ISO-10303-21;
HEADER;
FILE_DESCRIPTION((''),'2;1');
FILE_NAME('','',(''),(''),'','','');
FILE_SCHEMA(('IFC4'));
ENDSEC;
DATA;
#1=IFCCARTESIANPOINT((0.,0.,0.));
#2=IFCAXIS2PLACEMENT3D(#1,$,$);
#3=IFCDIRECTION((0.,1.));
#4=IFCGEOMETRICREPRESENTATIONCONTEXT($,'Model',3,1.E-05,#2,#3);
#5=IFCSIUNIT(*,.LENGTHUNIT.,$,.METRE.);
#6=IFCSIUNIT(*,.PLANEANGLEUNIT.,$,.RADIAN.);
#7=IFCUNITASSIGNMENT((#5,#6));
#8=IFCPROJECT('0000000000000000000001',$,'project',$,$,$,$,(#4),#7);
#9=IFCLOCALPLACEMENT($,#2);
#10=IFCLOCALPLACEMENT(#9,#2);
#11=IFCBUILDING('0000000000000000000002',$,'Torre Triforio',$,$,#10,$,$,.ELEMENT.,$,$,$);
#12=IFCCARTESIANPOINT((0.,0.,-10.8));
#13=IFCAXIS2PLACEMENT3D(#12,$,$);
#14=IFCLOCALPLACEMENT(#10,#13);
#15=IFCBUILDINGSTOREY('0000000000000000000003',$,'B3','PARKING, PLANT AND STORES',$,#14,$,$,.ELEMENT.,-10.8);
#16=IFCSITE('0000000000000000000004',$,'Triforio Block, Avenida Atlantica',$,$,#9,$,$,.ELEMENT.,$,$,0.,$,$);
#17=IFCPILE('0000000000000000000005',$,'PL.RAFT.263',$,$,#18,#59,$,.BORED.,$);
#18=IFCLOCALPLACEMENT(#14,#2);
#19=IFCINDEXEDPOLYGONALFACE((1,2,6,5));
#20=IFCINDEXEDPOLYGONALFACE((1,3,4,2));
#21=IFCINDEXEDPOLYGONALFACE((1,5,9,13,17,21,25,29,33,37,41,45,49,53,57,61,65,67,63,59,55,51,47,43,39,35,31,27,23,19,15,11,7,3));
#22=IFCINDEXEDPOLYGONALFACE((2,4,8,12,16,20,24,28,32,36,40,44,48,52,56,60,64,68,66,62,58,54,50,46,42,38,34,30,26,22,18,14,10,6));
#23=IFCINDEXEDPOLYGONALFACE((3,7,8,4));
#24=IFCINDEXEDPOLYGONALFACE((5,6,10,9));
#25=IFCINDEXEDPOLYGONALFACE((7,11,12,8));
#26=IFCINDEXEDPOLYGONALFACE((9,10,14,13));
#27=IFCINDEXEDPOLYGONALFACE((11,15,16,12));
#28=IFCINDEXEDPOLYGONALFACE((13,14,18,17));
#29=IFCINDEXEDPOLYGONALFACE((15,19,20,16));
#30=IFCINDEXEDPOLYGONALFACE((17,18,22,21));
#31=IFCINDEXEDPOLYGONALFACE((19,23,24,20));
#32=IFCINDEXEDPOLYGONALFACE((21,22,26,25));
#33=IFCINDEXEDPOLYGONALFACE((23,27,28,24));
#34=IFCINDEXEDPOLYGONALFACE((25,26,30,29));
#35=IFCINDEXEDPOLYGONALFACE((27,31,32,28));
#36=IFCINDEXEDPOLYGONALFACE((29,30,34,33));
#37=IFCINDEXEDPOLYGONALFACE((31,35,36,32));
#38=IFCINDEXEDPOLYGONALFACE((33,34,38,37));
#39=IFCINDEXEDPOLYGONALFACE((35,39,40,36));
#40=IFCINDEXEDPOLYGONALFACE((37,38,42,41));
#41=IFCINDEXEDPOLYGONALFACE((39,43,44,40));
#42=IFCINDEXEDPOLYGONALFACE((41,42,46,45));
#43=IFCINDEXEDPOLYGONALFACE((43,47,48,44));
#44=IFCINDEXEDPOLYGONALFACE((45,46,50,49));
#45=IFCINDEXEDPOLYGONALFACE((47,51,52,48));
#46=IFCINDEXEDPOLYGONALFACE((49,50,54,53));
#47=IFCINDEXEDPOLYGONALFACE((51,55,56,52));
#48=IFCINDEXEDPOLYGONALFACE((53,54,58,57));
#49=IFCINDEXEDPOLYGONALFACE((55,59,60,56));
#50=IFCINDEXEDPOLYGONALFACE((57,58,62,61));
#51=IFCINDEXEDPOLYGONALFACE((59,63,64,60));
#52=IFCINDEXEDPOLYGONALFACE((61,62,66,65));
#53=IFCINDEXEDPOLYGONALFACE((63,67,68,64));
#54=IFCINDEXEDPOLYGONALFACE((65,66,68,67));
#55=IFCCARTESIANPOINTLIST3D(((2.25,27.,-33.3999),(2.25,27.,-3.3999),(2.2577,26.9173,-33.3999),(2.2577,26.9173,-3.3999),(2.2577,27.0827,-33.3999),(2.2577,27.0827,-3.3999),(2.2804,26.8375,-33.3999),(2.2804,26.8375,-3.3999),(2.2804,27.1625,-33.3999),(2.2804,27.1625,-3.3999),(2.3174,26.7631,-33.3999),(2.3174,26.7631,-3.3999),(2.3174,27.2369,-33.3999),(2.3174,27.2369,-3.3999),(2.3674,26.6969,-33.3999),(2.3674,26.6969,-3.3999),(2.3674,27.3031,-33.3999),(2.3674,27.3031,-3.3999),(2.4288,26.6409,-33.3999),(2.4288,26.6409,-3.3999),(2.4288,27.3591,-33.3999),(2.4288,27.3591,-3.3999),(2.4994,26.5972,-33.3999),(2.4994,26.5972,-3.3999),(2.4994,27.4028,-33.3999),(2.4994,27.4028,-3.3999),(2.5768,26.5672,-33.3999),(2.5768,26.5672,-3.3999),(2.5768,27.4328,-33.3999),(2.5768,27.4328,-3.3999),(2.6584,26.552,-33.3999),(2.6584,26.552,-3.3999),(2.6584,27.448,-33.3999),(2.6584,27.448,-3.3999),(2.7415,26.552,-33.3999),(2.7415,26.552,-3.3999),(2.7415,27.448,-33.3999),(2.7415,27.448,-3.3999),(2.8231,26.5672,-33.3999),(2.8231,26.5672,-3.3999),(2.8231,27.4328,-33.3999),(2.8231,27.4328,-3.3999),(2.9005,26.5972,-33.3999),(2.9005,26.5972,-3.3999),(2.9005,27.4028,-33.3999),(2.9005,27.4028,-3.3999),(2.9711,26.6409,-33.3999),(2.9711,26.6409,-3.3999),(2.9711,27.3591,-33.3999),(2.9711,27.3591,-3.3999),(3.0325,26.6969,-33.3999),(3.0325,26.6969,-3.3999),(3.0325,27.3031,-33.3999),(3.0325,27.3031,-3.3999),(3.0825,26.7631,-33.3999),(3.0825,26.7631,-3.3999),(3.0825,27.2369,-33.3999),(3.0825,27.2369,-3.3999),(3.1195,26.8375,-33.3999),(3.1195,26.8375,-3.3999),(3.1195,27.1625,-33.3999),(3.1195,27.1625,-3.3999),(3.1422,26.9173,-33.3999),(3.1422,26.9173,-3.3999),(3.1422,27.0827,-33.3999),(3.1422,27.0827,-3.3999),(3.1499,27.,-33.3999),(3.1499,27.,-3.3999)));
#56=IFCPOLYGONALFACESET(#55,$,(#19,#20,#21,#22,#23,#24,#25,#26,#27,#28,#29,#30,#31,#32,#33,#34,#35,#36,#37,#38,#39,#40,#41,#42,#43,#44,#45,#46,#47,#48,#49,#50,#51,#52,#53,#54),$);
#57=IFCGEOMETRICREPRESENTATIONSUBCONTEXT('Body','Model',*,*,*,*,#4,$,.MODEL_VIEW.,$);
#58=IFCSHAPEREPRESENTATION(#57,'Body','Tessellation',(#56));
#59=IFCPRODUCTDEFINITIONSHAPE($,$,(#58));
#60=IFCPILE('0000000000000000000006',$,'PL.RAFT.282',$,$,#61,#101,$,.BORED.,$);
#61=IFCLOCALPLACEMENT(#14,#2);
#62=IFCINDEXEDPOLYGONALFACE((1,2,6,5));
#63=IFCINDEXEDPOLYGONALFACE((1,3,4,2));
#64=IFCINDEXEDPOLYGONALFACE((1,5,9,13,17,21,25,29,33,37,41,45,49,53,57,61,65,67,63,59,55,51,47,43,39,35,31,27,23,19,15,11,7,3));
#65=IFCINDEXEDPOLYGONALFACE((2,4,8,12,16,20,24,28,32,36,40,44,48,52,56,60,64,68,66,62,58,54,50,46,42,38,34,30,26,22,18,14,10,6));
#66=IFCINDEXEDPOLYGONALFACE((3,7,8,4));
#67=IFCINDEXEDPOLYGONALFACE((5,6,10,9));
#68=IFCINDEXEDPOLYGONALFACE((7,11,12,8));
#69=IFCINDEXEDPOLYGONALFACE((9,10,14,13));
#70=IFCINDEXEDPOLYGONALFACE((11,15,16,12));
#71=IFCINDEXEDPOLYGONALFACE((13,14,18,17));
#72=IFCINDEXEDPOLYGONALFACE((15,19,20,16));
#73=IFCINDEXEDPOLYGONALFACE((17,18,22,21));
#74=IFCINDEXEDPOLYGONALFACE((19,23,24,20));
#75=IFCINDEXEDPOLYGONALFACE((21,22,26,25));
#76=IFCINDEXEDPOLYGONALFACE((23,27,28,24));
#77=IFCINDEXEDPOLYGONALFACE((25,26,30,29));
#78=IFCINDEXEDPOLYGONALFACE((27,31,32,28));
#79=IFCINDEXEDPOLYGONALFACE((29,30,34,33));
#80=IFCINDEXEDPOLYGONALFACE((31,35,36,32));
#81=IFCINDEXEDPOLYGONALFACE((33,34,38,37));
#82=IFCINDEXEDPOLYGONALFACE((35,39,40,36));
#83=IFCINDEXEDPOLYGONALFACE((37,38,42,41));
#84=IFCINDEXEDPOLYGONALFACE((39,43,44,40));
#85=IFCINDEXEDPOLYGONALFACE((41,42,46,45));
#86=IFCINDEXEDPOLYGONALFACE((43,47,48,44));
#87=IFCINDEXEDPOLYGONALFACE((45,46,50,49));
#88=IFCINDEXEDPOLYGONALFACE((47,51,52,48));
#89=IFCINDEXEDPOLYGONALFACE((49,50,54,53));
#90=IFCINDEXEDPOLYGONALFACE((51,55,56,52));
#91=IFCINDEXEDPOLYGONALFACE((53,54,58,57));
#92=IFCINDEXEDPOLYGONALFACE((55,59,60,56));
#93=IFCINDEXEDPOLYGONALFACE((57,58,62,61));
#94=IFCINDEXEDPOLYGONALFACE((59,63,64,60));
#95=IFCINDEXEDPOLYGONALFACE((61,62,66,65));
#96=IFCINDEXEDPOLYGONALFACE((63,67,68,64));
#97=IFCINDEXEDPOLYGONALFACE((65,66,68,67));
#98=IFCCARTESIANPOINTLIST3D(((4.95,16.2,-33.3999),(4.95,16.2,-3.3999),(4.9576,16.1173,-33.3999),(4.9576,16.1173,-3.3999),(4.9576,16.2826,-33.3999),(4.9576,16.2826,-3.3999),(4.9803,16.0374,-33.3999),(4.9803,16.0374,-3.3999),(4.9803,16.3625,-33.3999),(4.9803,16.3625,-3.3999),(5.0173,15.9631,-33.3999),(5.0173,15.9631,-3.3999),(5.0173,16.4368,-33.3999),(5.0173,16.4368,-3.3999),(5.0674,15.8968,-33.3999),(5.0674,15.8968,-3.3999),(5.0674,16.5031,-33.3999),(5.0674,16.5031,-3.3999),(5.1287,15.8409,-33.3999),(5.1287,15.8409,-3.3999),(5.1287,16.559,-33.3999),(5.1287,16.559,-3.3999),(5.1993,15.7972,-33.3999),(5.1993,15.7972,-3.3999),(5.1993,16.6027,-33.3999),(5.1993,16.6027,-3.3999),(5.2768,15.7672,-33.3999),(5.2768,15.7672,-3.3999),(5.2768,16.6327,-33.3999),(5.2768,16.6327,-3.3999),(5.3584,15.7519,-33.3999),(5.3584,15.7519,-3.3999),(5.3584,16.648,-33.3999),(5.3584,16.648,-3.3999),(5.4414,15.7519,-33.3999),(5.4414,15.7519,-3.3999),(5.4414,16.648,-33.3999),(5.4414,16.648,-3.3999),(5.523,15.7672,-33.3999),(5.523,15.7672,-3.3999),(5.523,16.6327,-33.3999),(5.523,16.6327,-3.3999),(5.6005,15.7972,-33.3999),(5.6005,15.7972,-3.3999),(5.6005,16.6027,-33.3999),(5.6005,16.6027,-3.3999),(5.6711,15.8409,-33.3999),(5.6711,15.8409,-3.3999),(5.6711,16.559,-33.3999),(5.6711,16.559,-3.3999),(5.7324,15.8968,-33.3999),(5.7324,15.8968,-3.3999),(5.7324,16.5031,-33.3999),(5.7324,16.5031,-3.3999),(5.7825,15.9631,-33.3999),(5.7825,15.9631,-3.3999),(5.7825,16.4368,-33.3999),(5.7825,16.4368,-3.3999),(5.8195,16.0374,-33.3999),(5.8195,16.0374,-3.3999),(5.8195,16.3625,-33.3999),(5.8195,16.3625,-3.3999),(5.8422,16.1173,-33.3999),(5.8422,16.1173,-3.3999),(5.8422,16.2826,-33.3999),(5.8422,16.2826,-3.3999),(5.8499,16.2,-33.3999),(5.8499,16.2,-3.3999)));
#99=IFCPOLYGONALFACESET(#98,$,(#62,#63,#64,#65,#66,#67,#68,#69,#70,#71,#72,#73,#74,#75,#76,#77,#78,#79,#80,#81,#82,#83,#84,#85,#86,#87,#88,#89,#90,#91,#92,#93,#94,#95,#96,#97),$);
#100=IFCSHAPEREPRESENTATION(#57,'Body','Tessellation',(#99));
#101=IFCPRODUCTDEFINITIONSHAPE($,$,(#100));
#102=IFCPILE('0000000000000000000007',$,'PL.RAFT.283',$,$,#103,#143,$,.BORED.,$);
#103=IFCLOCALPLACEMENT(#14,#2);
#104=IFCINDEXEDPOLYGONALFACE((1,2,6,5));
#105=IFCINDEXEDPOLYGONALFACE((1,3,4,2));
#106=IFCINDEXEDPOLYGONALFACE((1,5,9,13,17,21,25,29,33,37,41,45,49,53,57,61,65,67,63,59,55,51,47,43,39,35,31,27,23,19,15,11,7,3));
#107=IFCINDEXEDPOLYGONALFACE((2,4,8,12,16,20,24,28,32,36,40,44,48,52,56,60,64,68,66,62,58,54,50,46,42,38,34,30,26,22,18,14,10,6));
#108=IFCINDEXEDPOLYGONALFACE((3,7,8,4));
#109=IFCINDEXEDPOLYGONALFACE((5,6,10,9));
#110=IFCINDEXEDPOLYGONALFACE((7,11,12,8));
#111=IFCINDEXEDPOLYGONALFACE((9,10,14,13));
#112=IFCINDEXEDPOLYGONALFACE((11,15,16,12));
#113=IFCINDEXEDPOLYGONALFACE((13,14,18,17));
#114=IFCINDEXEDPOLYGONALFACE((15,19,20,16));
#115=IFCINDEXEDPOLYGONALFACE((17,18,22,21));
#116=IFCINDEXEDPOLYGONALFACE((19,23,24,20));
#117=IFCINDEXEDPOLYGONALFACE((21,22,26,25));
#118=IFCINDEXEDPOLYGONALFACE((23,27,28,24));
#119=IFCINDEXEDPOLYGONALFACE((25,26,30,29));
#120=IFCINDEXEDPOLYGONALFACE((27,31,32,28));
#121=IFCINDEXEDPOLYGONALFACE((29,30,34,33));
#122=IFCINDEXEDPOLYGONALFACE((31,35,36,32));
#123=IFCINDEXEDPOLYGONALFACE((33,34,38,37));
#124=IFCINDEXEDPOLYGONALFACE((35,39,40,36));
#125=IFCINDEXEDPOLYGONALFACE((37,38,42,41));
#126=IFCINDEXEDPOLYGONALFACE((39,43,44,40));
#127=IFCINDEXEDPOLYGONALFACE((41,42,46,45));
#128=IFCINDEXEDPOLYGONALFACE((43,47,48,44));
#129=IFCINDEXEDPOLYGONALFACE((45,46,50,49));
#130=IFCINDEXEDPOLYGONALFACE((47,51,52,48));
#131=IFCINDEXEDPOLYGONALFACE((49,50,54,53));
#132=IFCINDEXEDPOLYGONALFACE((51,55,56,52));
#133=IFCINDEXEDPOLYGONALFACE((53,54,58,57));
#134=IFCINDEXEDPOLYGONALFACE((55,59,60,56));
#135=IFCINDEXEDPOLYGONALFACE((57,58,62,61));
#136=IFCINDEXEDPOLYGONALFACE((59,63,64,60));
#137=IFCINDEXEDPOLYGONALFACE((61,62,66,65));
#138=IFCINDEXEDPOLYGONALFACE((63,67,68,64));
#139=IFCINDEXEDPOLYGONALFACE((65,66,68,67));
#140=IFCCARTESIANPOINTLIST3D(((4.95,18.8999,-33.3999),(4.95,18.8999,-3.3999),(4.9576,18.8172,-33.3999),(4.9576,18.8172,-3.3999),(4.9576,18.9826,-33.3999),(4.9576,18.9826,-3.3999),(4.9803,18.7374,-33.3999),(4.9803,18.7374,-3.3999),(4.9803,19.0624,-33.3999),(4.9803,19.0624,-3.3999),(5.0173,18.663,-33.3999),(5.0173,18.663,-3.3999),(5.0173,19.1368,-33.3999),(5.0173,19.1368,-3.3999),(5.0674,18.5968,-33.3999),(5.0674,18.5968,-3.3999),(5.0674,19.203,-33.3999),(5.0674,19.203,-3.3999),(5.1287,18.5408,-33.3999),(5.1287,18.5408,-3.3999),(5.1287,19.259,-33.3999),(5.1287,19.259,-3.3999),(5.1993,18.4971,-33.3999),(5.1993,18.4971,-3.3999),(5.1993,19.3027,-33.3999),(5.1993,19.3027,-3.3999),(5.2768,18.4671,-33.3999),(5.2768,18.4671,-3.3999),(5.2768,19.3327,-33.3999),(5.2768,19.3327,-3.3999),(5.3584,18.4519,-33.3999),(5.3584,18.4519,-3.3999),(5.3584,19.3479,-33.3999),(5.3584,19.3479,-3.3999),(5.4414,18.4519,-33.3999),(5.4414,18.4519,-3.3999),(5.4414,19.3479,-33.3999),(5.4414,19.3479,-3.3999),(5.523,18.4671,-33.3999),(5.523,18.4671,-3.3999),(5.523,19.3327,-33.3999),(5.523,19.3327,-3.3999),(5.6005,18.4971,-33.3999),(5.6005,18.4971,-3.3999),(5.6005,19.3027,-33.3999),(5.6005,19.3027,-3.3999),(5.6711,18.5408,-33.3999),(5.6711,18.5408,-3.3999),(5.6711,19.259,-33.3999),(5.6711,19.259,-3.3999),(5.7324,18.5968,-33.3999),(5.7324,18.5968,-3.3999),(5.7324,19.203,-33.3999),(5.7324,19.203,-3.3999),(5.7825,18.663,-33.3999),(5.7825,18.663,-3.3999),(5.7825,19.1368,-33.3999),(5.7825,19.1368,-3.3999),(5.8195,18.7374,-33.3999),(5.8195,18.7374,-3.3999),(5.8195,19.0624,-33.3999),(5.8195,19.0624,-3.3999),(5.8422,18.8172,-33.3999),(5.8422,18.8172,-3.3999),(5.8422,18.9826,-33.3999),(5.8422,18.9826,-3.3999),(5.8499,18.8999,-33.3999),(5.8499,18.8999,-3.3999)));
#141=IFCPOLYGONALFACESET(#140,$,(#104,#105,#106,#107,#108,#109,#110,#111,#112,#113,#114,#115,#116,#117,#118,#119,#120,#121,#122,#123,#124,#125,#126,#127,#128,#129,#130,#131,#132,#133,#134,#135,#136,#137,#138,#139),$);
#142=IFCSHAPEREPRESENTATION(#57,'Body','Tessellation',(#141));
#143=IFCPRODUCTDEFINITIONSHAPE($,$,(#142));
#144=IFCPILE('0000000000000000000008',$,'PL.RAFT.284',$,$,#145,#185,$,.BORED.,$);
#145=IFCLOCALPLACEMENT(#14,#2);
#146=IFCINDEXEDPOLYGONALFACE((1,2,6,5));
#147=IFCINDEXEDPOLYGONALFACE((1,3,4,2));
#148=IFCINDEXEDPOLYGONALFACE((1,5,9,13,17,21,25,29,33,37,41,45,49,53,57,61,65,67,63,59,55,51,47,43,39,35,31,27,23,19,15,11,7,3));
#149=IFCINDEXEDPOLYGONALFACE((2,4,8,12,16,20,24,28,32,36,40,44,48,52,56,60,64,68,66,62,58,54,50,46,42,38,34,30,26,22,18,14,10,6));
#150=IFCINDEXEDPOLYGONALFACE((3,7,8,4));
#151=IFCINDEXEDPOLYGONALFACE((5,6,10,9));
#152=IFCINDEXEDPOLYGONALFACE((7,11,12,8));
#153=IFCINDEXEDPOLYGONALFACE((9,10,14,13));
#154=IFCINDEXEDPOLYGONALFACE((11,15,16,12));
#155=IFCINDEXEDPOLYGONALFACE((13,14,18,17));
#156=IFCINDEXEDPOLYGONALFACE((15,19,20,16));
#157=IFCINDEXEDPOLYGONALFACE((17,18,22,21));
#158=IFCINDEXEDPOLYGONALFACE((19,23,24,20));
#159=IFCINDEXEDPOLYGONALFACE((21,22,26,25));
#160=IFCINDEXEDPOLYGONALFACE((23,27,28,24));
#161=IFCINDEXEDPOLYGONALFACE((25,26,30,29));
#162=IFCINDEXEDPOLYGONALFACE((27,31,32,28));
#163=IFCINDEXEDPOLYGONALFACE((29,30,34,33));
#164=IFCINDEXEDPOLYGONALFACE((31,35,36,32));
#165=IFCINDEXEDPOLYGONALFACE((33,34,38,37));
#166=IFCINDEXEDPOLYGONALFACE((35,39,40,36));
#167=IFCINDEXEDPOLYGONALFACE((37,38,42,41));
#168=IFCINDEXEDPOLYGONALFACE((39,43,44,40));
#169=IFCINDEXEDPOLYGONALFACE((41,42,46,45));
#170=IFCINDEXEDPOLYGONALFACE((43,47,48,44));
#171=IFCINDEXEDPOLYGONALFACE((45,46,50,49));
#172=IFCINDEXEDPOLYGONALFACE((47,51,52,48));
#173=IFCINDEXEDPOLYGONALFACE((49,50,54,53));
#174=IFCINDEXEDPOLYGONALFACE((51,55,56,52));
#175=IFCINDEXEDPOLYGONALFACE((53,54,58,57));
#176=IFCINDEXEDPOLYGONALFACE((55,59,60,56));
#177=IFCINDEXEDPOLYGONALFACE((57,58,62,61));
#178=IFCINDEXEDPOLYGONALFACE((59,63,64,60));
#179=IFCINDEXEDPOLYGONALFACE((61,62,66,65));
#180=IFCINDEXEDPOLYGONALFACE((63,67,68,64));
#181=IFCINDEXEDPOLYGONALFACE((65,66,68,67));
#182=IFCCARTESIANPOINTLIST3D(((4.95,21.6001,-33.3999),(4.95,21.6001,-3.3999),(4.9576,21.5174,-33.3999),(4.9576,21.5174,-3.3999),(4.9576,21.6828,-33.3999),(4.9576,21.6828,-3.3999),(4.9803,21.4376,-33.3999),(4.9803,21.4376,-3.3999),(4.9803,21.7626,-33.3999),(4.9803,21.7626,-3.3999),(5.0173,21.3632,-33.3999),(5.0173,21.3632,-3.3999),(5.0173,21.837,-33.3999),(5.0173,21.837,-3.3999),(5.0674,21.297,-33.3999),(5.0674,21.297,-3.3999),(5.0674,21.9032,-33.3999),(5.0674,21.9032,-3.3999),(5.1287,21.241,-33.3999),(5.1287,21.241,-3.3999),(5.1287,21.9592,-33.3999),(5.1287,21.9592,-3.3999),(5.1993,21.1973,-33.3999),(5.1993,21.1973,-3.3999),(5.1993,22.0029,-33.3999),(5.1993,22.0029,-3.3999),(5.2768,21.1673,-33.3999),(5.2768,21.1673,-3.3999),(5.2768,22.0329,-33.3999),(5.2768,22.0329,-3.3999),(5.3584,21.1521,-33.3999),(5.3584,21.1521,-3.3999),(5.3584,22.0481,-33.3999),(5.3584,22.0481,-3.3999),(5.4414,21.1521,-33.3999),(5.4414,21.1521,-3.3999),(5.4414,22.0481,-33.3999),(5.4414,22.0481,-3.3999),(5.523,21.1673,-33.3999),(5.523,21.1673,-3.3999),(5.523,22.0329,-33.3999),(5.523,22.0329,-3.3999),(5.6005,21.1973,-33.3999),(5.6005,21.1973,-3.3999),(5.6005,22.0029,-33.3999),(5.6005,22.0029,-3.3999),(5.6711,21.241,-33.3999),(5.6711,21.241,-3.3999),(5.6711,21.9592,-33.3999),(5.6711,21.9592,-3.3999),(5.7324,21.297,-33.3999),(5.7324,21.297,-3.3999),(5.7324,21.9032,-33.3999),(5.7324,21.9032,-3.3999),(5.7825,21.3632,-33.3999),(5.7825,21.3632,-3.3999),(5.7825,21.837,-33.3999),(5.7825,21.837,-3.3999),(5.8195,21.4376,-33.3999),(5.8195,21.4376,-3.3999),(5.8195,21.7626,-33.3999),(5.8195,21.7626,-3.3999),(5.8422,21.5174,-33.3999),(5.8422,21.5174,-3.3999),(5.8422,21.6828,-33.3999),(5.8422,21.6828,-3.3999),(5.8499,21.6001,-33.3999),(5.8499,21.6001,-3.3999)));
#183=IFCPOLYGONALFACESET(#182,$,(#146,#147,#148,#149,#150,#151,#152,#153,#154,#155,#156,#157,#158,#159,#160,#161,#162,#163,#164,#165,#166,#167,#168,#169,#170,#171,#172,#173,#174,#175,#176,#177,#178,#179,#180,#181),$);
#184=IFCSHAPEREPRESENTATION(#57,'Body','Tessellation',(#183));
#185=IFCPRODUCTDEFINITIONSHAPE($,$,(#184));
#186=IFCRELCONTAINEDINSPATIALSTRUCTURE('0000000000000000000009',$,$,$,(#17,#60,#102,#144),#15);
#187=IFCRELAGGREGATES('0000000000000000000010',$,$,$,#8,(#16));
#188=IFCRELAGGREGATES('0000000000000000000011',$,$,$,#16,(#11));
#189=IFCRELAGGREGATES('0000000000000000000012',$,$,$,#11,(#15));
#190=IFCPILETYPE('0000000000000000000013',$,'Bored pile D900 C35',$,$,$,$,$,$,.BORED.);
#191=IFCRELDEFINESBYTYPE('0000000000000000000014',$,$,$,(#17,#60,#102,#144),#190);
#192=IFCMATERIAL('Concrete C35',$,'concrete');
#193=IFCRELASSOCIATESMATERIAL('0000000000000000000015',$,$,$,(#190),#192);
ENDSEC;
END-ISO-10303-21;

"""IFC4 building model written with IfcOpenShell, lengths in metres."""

from ifc_helpers import new_model, si_unit, direction, frame, origin, origin_2d, place, context, subcontext, project, spatial, circle, extrude, material, material_profile, profile_set, type_object, element, save


model = new_model("IFC4")

# Units and contexts
model_context = context("Model", 3, precision=1e-05, world=origin(), true_north=direction((0.0, 1.0)))
body_context = subcontext(model_context, "Body", "Model", "MODEL_VIEW")
ifc_project = project(units=[si_unit("LENGTHUNIT", "METRE"), si_unit("PLANEANGLEUNIT", "RADIAN")], contexts=[model_context])

# Site, building, storey
site_placement = place(None, origin())
site = spatial("IfcSite", under=ifc_project, at=site_placement, Name="Triforio Block, Avenida Atlantica", CompositionType="ELEMENT", RefElevation=0.0)
building_placement = place(site_placement, origin())
building = spatial("IfcBuilding", under=site, at=building_placement, Name="Torre Triforio", CompositionType="ELEMENT")
storey_placement = place(building_placement, frame((0.0, 0.0, -10.8)))
storey = spatial("IfcBuildingStorey", under=building, at=storey_placement, Name="B3", Description="PARKING, PLANT AND STORES", CompositionType="ELEMENT", Elevation=-10.8)

# Piles
ifc_material_1 = material(Name="Concrete C35", Category="concrete")
ifc_material_profile_1 = material_profile(ifc_material_1, circle(Radius=0.45, at=origin_2d()), Name="RC D900")
ifc_profile_set_1 = profile_set([ifc_material_profile_1], Name="Concrete C35")
pile_type = type_object("IfcPileType", Name="Bored pile D900 C35", PredefinedType="BORED", material=ifc_profile_set_1)
for number, where, z_axis, x_axis, name in (
    (1, (2.7, 27.0, -3.3999), (0.0, 0.0, -1.0), (1.0, 0.0, 0.0), "PL.RAFT.263"),
    (2, (5.3999, 16.2, -3.3999), (0.0, 0.0, -1.0), (1.0, 0.0, 0.0), "PL.RAFT.282"),
    (3, (5.3999, 18.8999, -3.3999), (0.0, 0.0, -1.0), (1.0, 0.0, 0.0), "PL.RAFT.283"),
    (4, (5.3999, 21.6001, -3.3999), (0.0, 0.0, -1.0), (1.0, 0.0, 0.0), "PL.RAFT.284"),
):
    element("IfcPile", number, at=place(storey_placement, frame(where, z_axis=z_axis, x_axis=x_axis)), inside=storey, type_object=pile_type, Name=name, PredefinedType="BORED", context=body_context, shape_type="SweptSolid", body=[
        extrude(circle(Radius=0.45, at=origin_2d()), origin(), (0.0, 0.0, 1.0), 30.0),
    ])

save(model, "model.ifc")
